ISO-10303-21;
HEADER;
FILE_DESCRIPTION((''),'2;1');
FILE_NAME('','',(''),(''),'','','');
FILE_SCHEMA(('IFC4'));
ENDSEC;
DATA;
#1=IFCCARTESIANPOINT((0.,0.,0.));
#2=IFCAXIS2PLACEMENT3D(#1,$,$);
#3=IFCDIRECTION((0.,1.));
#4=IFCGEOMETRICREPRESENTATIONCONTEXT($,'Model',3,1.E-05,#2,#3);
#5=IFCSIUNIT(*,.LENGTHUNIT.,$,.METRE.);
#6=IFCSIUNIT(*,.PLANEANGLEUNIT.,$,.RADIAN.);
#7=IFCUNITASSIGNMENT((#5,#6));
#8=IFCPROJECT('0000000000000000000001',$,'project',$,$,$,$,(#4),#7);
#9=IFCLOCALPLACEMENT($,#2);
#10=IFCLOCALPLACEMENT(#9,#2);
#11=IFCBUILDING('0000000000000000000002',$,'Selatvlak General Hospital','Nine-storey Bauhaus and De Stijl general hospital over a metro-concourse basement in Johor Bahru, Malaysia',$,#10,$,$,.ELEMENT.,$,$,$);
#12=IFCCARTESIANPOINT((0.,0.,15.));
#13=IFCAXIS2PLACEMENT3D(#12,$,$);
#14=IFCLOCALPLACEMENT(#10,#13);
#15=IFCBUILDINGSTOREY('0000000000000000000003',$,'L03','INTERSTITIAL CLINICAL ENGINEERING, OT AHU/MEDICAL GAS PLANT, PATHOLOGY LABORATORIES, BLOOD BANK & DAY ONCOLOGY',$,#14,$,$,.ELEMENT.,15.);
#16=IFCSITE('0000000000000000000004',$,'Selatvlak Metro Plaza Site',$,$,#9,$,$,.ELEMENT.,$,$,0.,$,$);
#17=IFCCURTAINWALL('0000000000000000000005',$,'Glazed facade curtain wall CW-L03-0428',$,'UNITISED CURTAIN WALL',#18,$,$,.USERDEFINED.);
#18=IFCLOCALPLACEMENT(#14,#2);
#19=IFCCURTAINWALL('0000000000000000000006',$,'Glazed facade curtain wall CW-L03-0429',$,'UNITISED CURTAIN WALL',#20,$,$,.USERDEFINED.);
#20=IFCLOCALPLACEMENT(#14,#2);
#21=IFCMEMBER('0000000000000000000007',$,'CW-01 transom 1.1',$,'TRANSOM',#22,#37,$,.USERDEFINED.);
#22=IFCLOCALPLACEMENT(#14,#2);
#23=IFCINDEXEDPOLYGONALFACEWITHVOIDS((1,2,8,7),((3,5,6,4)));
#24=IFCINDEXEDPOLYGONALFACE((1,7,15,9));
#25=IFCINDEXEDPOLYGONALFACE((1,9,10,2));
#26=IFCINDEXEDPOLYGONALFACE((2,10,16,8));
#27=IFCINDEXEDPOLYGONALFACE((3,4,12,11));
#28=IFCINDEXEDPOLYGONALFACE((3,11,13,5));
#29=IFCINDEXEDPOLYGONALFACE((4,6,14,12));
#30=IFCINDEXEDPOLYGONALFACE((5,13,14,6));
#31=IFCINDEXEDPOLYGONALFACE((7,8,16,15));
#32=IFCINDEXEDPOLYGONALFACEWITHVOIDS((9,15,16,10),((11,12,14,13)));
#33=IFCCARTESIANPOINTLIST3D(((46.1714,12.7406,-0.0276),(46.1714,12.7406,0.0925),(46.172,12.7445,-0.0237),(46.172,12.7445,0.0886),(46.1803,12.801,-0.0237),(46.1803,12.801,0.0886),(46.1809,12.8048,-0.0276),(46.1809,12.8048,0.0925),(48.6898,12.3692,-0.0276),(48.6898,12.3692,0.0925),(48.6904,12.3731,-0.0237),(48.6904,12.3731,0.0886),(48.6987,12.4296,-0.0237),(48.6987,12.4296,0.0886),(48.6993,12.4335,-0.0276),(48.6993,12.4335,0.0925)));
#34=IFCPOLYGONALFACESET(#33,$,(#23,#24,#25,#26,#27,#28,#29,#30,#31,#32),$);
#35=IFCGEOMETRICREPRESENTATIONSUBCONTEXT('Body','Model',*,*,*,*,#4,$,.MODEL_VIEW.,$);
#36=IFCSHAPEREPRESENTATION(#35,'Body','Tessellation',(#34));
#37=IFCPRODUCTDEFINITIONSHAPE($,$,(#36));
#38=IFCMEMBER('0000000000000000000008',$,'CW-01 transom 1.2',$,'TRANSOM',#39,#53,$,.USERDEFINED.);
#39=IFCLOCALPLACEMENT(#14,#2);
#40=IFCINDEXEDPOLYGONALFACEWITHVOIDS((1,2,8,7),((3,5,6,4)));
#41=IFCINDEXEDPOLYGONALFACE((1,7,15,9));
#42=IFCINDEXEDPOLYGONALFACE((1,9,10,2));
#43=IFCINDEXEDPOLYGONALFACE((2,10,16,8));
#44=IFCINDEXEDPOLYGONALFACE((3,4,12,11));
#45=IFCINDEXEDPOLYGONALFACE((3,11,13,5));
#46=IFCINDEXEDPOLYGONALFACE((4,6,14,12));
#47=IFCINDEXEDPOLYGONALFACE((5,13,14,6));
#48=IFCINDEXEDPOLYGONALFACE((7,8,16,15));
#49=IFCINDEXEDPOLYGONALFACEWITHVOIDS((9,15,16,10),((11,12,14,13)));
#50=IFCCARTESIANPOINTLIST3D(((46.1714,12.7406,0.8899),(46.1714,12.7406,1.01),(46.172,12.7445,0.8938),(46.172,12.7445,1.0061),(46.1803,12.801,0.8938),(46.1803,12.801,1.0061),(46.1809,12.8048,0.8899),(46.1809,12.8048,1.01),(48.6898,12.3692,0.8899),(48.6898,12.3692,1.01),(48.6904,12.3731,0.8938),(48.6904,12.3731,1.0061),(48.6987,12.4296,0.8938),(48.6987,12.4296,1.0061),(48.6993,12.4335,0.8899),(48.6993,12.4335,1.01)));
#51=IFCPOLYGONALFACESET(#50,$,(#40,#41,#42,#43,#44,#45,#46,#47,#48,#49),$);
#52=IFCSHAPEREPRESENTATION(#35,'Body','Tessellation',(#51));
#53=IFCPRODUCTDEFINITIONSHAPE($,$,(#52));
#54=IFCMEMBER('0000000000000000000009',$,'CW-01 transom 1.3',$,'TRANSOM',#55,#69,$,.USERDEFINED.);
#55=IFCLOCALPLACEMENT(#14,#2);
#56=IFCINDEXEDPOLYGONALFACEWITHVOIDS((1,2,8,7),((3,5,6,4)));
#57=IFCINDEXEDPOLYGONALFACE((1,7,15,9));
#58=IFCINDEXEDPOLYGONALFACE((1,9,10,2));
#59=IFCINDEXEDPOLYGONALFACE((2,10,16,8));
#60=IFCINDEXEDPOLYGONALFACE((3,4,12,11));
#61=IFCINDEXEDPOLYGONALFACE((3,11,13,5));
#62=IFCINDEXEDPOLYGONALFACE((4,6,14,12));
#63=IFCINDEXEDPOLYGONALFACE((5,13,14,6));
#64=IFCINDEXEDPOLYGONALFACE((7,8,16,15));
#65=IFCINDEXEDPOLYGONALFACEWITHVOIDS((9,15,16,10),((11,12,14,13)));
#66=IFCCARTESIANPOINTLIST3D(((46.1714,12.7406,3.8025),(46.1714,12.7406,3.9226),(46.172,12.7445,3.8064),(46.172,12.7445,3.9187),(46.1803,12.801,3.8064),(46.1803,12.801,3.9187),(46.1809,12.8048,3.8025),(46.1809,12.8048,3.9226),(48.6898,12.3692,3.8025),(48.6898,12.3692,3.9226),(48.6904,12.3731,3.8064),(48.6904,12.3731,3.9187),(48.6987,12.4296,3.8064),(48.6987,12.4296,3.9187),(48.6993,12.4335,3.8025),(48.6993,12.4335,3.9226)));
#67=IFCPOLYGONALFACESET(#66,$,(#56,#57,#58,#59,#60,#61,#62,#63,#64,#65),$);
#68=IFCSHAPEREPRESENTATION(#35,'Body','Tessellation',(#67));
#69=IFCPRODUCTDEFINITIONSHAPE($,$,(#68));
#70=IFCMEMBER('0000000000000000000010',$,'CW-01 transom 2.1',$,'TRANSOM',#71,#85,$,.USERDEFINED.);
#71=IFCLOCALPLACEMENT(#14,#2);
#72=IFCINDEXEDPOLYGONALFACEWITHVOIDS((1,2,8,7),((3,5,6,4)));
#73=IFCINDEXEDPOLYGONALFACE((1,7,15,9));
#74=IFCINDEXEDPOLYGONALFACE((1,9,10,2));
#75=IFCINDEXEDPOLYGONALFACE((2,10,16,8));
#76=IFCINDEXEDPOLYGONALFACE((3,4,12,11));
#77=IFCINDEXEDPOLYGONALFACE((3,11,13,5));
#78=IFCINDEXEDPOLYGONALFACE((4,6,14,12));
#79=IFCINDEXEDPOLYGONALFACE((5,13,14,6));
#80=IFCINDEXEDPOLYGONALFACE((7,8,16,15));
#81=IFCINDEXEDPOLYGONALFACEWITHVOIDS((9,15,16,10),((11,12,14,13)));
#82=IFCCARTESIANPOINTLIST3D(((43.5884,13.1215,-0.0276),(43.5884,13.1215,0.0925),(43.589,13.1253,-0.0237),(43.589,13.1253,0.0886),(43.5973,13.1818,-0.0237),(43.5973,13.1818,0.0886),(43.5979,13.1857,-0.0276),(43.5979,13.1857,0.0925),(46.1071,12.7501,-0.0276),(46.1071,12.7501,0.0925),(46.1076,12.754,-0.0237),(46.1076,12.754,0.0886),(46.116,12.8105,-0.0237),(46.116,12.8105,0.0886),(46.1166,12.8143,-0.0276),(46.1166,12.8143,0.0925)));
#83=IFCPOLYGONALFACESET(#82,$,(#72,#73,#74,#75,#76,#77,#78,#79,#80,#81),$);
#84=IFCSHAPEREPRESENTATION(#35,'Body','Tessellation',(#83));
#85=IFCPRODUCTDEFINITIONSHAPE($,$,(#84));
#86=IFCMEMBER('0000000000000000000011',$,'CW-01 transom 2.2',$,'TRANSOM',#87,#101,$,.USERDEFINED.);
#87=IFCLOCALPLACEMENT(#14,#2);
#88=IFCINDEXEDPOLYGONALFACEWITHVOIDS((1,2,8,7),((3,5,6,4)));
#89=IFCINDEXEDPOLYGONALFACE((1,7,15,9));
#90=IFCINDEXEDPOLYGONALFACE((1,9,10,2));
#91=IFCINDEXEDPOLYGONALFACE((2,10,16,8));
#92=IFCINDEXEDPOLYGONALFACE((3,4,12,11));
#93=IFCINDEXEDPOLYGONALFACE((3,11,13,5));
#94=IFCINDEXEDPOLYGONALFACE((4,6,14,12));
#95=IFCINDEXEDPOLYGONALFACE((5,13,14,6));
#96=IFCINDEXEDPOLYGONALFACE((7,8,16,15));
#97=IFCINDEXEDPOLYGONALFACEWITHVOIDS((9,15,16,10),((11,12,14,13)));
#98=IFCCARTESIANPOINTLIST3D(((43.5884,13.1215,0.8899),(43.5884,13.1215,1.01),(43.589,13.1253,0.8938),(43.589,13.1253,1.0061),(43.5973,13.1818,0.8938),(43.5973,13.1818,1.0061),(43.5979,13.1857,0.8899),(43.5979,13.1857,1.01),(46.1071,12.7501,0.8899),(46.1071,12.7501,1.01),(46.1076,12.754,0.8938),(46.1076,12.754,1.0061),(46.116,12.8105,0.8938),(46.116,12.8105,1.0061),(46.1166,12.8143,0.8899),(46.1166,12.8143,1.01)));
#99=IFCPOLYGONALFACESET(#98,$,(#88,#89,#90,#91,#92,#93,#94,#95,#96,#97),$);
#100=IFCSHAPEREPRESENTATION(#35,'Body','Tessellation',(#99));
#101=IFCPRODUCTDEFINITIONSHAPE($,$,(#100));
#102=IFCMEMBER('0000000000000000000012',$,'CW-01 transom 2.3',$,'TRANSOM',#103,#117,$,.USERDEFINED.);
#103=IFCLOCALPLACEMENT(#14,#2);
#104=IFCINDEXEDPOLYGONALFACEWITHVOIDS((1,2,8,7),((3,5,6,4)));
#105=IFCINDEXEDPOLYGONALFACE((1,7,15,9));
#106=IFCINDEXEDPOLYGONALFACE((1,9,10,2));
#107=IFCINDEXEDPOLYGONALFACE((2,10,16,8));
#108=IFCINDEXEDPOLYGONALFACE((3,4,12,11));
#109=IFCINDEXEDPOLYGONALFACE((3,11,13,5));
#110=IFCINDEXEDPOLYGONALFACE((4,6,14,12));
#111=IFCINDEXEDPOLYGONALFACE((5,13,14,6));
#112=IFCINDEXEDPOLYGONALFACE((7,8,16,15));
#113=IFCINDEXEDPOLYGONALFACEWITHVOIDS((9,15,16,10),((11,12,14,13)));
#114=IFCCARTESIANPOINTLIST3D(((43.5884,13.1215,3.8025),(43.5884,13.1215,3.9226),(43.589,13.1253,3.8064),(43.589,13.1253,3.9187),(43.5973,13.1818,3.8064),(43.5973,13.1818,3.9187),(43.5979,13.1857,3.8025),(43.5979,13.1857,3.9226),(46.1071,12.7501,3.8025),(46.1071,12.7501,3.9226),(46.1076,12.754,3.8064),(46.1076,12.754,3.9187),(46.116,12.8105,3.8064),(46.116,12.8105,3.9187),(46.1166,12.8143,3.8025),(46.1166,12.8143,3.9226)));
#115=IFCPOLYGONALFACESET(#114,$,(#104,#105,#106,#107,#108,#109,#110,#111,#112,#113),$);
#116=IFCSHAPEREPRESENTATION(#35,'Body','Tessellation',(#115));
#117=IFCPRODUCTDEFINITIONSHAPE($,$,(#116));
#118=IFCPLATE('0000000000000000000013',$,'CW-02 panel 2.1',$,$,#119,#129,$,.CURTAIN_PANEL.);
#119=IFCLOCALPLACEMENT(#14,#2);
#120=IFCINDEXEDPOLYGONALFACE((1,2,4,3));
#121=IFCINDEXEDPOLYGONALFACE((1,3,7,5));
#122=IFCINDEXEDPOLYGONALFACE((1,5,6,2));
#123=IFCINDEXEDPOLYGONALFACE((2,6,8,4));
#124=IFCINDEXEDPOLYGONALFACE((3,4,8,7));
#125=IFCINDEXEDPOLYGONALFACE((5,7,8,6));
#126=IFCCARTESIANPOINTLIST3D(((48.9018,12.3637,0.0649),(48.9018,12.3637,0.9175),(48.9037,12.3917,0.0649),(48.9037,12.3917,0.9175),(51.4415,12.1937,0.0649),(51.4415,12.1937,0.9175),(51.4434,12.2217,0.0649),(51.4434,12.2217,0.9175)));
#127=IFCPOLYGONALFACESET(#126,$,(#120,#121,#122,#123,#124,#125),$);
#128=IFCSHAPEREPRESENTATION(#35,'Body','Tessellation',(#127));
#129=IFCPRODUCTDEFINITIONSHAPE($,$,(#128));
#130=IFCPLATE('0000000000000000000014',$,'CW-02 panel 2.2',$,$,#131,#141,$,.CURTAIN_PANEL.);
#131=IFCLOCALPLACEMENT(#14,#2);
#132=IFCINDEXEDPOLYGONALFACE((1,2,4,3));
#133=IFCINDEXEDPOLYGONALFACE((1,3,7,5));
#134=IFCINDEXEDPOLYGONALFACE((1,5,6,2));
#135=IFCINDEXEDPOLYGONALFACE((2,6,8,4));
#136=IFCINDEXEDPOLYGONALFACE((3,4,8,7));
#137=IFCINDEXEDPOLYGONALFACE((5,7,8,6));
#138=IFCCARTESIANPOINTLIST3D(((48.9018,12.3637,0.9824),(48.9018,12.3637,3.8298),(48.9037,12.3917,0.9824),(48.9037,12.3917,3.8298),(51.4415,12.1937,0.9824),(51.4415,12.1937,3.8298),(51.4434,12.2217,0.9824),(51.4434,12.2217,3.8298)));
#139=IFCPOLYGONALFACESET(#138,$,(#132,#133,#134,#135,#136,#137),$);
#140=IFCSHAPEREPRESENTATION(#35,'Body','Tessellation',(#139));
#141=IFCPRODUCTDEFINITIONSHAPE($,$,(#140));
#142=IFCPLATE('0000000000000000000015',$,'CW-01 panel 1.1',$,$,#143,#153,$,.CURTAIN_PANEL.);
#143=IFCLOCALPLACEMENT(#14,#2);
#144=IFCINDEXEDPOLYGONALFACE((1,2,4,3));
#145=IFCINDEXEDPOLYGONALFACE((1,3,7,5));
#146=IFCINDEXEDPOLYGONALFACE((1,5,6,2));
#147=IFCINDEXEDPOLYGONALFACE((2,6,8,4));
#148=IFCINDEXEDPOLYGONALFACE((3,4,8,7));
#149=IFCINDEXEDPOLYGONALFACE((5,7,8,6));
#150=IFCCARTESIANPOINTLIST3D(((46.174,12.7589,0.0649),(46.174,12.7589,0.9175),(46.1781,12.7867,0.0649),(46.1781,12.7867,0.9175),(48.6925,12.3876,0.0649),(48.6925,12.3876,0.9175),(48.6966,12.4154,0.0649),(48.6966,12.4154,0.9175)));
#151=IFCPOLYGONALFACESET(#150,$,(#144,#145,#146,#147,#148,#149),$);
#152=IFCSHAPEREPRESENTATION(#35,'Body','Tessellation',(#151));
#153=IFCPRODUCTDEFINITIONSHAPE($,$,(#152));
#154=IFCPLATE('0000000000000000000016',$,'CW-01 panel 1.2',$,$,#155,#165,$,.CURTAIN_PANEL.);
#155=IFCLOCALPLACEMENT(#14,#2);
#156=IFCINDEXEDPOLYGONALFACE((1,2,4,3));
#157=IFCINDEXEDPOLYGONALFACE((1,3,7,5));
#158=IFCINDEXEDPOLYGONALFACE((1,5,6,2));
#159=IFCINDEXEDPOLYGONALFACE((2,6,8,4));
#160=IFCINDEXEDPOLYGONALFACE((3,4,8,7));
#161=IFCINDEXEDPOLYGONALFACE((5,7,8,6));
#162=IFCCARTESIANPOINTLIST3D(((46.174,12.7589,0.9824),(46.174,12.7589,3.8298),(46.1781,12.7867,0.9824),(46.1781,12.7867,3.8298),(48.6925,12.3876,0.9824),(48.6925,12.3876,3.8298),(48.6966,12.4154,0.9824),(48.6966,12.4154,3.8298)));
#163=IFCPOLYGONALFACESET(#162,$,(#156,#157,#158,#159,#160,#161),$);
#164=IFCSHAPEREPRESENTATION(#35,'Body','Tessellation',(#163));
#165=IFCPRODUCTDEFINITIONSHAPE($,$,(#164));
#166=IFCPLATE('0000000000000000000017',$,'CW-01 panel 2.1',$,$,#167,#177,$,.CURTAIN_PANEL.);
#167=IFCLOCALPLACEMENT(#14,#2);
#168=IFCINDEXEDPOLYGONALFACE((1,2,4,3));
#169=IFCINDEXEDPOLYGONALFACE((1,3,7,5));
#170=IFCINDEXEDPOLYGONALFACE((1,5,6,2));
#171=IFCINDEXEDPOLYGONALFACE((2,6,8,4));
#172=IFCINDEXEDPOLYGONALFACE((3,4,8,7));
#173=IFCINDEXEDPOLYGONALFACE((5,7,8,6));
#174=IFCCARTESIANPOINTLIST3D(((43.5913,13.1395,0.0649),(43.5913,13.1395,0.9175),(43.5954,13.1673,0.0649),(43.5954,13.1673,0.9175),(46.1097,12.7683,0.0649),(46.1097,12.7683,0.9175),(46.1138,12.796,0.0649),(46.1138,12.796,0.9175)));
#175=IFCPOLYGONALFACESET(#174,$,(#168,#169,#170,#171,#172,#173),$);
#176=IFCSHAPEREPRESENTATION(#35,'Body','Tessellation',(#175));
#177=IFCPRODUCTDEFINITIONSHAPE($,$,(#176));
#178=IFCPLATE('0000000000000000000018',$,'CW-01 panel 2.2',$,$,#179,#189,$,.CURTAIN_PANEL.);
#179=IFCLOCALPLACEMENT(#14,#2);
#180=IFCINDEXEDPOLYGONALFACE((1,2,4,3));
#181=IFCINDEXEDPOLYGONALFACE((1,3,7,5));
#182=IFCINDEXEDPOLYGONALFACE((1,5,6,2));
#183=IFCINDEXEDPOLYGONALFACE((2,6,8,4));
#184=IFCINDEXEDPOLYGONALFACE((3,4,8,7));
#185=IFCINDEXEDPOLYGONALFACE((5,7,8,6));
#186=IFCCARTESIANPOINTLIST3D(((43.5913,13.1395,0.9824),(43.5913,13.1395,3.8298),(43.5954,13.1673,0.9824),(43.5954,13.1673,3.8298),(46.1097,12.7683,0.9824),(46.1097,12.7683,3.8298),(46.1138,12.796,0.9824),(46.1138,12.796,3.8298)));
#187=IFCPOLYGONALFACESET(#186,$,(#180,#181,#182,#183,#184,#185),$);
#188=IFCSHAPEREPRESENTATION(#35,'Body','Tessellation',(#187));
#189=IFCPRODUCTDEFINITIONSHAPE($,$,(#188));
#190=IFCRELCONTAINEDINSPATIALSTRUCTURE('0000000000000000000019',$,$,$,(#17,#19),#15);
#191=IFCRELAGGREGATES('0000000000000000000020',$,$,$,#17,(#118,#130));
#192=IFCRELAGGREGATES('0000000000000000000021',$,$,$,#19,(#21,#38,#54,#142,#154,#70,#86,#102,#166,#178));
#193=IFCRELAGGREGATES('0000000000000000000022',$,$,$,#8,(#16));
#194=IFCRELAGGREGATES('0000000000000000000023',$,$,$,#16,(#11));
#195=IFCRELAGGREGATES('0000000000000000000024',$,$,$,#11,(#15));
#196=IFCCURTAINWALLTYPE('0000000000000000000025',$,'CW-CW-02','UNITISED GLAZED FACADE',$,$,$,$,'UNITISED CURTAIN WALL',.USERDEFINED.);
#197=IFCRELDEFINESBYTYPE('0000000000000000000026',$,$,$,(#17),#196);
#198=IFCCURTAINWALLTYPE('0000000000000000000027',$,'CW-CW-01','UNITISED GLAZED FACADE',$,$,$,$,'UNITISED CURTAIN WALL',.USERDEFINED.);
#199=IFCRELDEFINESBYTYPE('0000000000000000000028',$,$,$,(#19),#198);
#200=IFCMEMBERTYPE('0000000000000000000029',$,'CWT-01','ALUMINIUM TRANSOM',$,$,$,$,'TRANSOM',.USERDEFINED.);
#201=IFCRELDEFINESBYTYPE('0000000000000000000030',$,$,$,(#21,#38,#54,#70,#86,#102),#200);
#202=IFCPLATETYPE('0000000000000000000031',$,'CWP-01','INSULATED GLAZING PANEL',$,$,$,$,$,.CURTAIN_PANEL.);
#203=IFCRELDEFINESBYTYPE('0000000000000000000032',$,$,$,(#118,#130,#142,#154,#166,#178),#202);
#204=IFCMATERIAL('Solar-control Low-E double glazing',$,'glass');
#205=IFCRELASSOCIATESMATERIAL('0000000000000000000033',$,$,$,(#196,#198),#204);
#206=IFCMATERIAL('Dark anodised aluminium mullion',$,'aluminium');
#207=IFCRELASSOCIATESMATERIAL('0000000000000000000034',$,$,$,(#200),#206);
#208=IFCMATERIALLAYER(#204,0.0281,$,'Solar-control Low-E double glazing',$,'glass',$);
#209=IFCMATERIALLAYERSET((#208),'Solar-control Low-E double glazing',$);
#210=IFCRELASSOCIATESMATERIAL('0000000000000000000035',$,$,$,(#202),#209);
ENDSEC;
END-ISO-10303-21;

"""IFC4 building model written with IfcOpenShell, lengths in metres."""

from ifc_helpers import new_model, si_unit, direction, frame, origin, origin_2d, place, context, subcontext, project, spatial, rectangle, hollow_rectangle, extrude, material, layer, layer_set, material_profile, profile_set, type_object, element, aggregate, save


model = new_model("IFC4")

# Units and contexts
model_context = context("Model", 3, precision=1e-05, world=origin(), true_north=direction((0.0, 1.0)))
body_context = subcontext(model_context, "Body", "Model", "MODEL_VIEW")
ifc_project = project(units=[si_unit("LENGTHUNIT", "METRE"), si_unit("PLANEANGLEUNIT", "RADIAN")], contexts=[model_context])

# Site, building, storey
site_placement = place(None, origin())
site = spatial("IfcSite", under=ifc_project, at=site_placement, Name="Selatvlak Metro Plaza Site", CompositionType="ELEMENT", RefElevation=0.0)
building_placement = place(site_placement, origin())
building = spatial("IfcBuilding", under=site, at=building_placement, Name="Selatvlak General Hospital", Description="Nine-storey Bauhaus and De Stijl general hospital over a metro-concourse basement in Johor Bahru, Malaysia", CompositionType="ELEMENT")
storey_placement = place(building_placement, frame((0.0, 0.0, 15.0)))
storey = spatial("IfcBuildingStorey", under=building, at=storey_placement, Name="L03", Description="INTERSTITIAL CLINICAL ENGINEERING, OT AHU/MEDICAL GAS PLANT, PATHOLOGY LABORATORIES, BLOOD BANK & DAY ONCOLOGY", CompositionType="ELEMENT", Elevation=15.0)

# Curtain walls
ifc_material_1 = material(Name="Solar-control Low-E double glazing", Category="glass")
curtain_wall_type_1 = type_object("IfcCurtainWallType", Name="CW-CW-02", Description="UNITISED GLAZED FACADE", ElementType="UNITISED CURTAIN WALL", PredefinedType="USERDEFINED", material=ifc_material_1)
curtain_wall_1_placement = place(storey_placement, origin())
curtain_wall_1 = element("IfcCurtainWall", 1, at=curtain_wall_1_placement, inside=storey, type_object=curtain_wall_type_1, Name="Glazed facade curtain wall CW-L03-0428", ObjectType="UNITISED CURTAIN WALL", PredefinedType="USERDEFINED")
ifc_material_2 = material(Name="Dark anodised aluminium mullion", Category="aluminium")
curtain_wall_type_2 = type_object("IfcCurtainWallType", Name="CW-CW-01", Description="UNITISED GLAZED FACADE", ElementType="UNITISED CURTAIN WALL", PredefinedType="USERDEFINED", material=ifc_material_1)
curtain_wall_2_placement = place(storey_placement, origin())
curtain_wall_2 = element("IfcCurtainWall", 2, at=curtain_wall_2_placement, inside=storey, type_object=curtain_wall_type_2, Name="Glazed facade curtain wall CW-L03-0429", ObjectType="UNITISED CURTAIN WALL", PredefinedType="USERDEFINED")

# Members
ifc_material_profile_1 = material_profile(ifc_material_2, hollow_rectangle(XDim=0.0649, YDim=0.1201, WallThickness=0.0039, at=origin_2d()), Name="AL-TRN 65x120x4")
ifc_profile_set_1 = profile_set([ifc_material_profile_1], Name="Dark anodised aluminium mullion")
member_type_1 = type_object("IfcMemberType", Name="CWT-01", Description="ALUMINIUM TRANSOM", ElementType="TRANSOM", PredefinedType="USERDEFINED", material=ifc_profile_set_1)
member_1_placement = place(storey_placement, frame((48.6946, 12.4014, 0.0325), z_axis=(-0.989303, 0.145878, 0.0), x_axis=(-0.145878, -0.989303, 0.0)))
member_1 = element("IfcMember", 3, at=member_1_placement, type_object=member_type_1, Name="CW-01 transom 1.1", ObjectType="TRANSOM", PredefinedType="USERDEFINED", context=body_context, shape_type="SweptSolid", body=[
    extrude(hollow_rectangle(XDim=0.0649, YDim=0.1201, WallThickness=0.0039, at=origin_2d()), origin(), (0.0, 0.0, 1.0), 2.5457),
])
member_2_placement = place(storey_placement, frame((48.6946, 12.4014, 0.95), z_axis=(-0.989303, 0.145878, 0.0), x_axis=(-0.145878, -0.989303, 0.0)))
member_2 = element("IfcMember", 4, at=member_2_placement, type_object=member_type_1, Name="CW-01 transom 1.2", ObjectType="TRANSOM", PredefinedType="USERDEFINED", context=body_context, shape_type="SweptSolid", body=[
    extrude(hollow_rectangle(XDim=0.0649, YDim=0.1201, WallThickness=0.0039, at=origin_2d()), origin(), (0.0, 0.0, 1.0), 2.5457),
])
member_3_placement = place(storey_placement, frame((48.6946, 12.4014, 3.8625), z_axis=(-0.989303, 0.145878, 0.0), x_axis=(-0.145878, -0.989303, 0.0)))
member_3 = element("IfcMember", 5, at=member_3_placement, type_object=member_type_1, Name="CW-01 transom 1.3", ObjectType="TRANSOM", PredefinedType="USERDEFINED", context=body_context, shape_type="SweptSolid", body=[
    extrude(hollow_rectangle(XDim=0.0649, YDim=0.1201, WallThickness=0.0039, at=origin_2d()), origin(), (0.0, 0.0, 1.0), 2.5457),
])
member_4_placement = place(storey_placement, frame((46.1118, 12.7822, 0.0325), z_axis=(-0.989305, 0.145864, 0.0), x_axis=(-0.145864, -0.989305, 0.0)))
member_4 = element("IfcMember", 6, at=member_4_placement, type_object=member_type_1, Name="CW-01 transom 2.1", ObjectType="TRANSOM", PredefinedType="USERDEFINED", context=body_context, shape_type="SweptSolid", body=[
    extrude(hollow_rectangle(XDim=0.0649, YDim=0.1201, WallThickness=0.0039, at=origin_2d()), origin(), (0.0, 0.0, 1.0), 2.5459),
])
member_5_placement = place(storey_placement, frame((46.1118, 12.7822, 0.95), z_axis=(-0.989305, 0.145864, 0.0), x_axis=(-0.145864, -0.989305, 0.0)))
member_5 = element("IfcMember", 7, at=member_5_placement, type_object=member_type_1, Name="CW-01 transom 2.2", ObjectType="TRANSOM", PredefinedType="USERDEFINED", context=body_context, shape_type="SweptSolid", body=[
    extrude(hollow_rectangle(XDim=0.0649, YDim=0.1201, WallThickness=0.0039, at=origin_2d()), origin(), (0.0, 0.0, 1.0), 2.5459),
])
member_6_placement = place(storey_placement, frame((46.1118, 12.7822, 3.8625), z_axis=(-0.989305, 0.145864, 0.0), x_axis=(-0.145864, -0.989305, 0.0)))
member_6 = element("IfcMember", 8, at=member_6_placement, type_object=member_type_1, Name="CW-01 transom 2.3", ObjectType="TRANSOM", PredefinedType="USERDEFINED", context=body_context, shape_type="SweptSolid", body=[
    extrude(hollow_rectangle(XDim=0.0649, YDim=0.1201, WallThickness=0.0039, at=origin_2d()), origin(), (0.0, 0.0, 1.0), 2.5459),
])

# Plates
ifc_layer_1 = layer(ifc_material_1, 0.0281, Name="Solar-control Low-E double glazing", Category="glass")
ifc_layer_set_1 = layer_set([ifc_layer_1], Name="Solar-control Low-E double glazing")
plate_type = type_object("IfcPlateType", Name="CWP-01", Description="INSULATED GLAZING PANEL", PredefinedType="CURTAIN_PANEL", material=ifc_layer_set_1)
plate_1_placement = place(storey_placement, frame((50.1726, 12.2927, 0.0649), z_axis=(0.0, 0.0, 1.0), x_axis=(-0.997768, 0.066783, 0.0)))
plate_1 = element("IfcPlate", 9, at=plate_1_placement, type_object=plate_type, Name="CW-02 panel 2.1", PredefinedType="CURTAIN_PANEL", context=body_context, shape_type="SweptSolid", body=[
    extrude(rectangle(XDim=2.5454, YDim=0.0281, at=origin_2d()), origin(), (0.0, 0.0, 1.0), 0.8525),
])
plate_2_placement = place(storey_placement, frame((50.1726, 12.2927, 0.9824), z_axis=(0.0, 0.0, 1.0), x_axis=(-0.997768, 0.066783, 0.0)))
plate_2 = element("IfcPlate", 10, at=plate_2_placement, type_object=plate_type, Name="CW-02 panel 2.2", PredefinedType="CURTAIN_PANEL", context=body_context, shape_type="SweptSolid", body=[
    extrude(rectangle(XDim=2.5454, YDim=0.0281, at=origin_2d()), origin(), (0.0, 0.0, 1.0), 2.8474),
])
aggregate(curtain_wall_1, [plate_1, plate_2])
plate_3_placement = place(storey_placement, frame((47.4353, 12.5872, 0.0649), z_axis=(0.0, 0.0, 1.0), x_axis=(-0.989308, 0.145843, 0.0)))
plate_3 = element("IfcPlate", 11, at=plate_3_placement, type_object=plate_type, Name="CW-01 panel 1.1", PredefinedType="CURTAIN_PANEL", context=body_context, shape_type="SweptSolid", body=[
    extrude(rectangle(XDim=2.5457, YDim=0.0281, at=origin_2d()), origin(), (0.0, 0.0, 1.0), 0.8525),
])
plate_4_placement = place(storey_placement, frame((47.4353, 12.5872, 0.9824), z_axis=(0.0, 0.0, 1.0), x_axis=(-0.989308, 0.145843, 0.0)))
plate_4 = element("IfcPlate", 12, at=plate_4_placement, type_object=plate_type, Name="CW-01 panel 1.2", PredefinedType="CURTAIN_PANEL", context=body_context, shape_type="SweptSolid", body=[
    extrude(rectangle(XDim=2.5457, YDim=0.0281, at=origin_2d()), origin(), (0.0, 0.0, 1.0), 2.8474),
])
plate_5_placement = place(storey_placement, frame((44.8525, 12.9678, 0.0649), z_axis=(0.0, 0.0, 1.0), x_axis=(-0.989308, 0.145843, 0.0)))
plate_5 = element("IfcPlate", 13, at=plate_5_placement, type_object=plate_type, Name="CW-01 panel 2.1", PredefinedType="CURTAIN_PANEL", context=body_context, shape_type="SweptSolid", body=[
    extrude(rectangle(XDim=2.5457, YDim=0.0281, at=origin_2d()), origin(), (0.0, 0.0, 1.0), 0.8525),
])
plate_6_placement = place(storey_placement, frame((44.8525, 12.9678, 0.9824), z_axis=(0.0, 0.0, 1.0), x_axis=(-0.989308, 0.145843, 0.0)))
plate_6 = element("IfcPlate", 14, at=plate_6_placement, type_object=plate_type, Name="CW-01 panel 2.2", PredefinedType="CURTAIN_PANEL", context=body_context, shape_type="SweptSolid", body=[
    extrude(rectangle(XDim=2.5457, YDim=0.0281, at=origin_2d()), origin(), (0.0, 0.0, 1.0), 2.8474),
])
aggregate(curtain_wall_2, [member_1, member_2, member_3, plate_3, plate_4, member_4, member_5, member_6, plate_5, plate_6])

save(model, "model.ifc")
